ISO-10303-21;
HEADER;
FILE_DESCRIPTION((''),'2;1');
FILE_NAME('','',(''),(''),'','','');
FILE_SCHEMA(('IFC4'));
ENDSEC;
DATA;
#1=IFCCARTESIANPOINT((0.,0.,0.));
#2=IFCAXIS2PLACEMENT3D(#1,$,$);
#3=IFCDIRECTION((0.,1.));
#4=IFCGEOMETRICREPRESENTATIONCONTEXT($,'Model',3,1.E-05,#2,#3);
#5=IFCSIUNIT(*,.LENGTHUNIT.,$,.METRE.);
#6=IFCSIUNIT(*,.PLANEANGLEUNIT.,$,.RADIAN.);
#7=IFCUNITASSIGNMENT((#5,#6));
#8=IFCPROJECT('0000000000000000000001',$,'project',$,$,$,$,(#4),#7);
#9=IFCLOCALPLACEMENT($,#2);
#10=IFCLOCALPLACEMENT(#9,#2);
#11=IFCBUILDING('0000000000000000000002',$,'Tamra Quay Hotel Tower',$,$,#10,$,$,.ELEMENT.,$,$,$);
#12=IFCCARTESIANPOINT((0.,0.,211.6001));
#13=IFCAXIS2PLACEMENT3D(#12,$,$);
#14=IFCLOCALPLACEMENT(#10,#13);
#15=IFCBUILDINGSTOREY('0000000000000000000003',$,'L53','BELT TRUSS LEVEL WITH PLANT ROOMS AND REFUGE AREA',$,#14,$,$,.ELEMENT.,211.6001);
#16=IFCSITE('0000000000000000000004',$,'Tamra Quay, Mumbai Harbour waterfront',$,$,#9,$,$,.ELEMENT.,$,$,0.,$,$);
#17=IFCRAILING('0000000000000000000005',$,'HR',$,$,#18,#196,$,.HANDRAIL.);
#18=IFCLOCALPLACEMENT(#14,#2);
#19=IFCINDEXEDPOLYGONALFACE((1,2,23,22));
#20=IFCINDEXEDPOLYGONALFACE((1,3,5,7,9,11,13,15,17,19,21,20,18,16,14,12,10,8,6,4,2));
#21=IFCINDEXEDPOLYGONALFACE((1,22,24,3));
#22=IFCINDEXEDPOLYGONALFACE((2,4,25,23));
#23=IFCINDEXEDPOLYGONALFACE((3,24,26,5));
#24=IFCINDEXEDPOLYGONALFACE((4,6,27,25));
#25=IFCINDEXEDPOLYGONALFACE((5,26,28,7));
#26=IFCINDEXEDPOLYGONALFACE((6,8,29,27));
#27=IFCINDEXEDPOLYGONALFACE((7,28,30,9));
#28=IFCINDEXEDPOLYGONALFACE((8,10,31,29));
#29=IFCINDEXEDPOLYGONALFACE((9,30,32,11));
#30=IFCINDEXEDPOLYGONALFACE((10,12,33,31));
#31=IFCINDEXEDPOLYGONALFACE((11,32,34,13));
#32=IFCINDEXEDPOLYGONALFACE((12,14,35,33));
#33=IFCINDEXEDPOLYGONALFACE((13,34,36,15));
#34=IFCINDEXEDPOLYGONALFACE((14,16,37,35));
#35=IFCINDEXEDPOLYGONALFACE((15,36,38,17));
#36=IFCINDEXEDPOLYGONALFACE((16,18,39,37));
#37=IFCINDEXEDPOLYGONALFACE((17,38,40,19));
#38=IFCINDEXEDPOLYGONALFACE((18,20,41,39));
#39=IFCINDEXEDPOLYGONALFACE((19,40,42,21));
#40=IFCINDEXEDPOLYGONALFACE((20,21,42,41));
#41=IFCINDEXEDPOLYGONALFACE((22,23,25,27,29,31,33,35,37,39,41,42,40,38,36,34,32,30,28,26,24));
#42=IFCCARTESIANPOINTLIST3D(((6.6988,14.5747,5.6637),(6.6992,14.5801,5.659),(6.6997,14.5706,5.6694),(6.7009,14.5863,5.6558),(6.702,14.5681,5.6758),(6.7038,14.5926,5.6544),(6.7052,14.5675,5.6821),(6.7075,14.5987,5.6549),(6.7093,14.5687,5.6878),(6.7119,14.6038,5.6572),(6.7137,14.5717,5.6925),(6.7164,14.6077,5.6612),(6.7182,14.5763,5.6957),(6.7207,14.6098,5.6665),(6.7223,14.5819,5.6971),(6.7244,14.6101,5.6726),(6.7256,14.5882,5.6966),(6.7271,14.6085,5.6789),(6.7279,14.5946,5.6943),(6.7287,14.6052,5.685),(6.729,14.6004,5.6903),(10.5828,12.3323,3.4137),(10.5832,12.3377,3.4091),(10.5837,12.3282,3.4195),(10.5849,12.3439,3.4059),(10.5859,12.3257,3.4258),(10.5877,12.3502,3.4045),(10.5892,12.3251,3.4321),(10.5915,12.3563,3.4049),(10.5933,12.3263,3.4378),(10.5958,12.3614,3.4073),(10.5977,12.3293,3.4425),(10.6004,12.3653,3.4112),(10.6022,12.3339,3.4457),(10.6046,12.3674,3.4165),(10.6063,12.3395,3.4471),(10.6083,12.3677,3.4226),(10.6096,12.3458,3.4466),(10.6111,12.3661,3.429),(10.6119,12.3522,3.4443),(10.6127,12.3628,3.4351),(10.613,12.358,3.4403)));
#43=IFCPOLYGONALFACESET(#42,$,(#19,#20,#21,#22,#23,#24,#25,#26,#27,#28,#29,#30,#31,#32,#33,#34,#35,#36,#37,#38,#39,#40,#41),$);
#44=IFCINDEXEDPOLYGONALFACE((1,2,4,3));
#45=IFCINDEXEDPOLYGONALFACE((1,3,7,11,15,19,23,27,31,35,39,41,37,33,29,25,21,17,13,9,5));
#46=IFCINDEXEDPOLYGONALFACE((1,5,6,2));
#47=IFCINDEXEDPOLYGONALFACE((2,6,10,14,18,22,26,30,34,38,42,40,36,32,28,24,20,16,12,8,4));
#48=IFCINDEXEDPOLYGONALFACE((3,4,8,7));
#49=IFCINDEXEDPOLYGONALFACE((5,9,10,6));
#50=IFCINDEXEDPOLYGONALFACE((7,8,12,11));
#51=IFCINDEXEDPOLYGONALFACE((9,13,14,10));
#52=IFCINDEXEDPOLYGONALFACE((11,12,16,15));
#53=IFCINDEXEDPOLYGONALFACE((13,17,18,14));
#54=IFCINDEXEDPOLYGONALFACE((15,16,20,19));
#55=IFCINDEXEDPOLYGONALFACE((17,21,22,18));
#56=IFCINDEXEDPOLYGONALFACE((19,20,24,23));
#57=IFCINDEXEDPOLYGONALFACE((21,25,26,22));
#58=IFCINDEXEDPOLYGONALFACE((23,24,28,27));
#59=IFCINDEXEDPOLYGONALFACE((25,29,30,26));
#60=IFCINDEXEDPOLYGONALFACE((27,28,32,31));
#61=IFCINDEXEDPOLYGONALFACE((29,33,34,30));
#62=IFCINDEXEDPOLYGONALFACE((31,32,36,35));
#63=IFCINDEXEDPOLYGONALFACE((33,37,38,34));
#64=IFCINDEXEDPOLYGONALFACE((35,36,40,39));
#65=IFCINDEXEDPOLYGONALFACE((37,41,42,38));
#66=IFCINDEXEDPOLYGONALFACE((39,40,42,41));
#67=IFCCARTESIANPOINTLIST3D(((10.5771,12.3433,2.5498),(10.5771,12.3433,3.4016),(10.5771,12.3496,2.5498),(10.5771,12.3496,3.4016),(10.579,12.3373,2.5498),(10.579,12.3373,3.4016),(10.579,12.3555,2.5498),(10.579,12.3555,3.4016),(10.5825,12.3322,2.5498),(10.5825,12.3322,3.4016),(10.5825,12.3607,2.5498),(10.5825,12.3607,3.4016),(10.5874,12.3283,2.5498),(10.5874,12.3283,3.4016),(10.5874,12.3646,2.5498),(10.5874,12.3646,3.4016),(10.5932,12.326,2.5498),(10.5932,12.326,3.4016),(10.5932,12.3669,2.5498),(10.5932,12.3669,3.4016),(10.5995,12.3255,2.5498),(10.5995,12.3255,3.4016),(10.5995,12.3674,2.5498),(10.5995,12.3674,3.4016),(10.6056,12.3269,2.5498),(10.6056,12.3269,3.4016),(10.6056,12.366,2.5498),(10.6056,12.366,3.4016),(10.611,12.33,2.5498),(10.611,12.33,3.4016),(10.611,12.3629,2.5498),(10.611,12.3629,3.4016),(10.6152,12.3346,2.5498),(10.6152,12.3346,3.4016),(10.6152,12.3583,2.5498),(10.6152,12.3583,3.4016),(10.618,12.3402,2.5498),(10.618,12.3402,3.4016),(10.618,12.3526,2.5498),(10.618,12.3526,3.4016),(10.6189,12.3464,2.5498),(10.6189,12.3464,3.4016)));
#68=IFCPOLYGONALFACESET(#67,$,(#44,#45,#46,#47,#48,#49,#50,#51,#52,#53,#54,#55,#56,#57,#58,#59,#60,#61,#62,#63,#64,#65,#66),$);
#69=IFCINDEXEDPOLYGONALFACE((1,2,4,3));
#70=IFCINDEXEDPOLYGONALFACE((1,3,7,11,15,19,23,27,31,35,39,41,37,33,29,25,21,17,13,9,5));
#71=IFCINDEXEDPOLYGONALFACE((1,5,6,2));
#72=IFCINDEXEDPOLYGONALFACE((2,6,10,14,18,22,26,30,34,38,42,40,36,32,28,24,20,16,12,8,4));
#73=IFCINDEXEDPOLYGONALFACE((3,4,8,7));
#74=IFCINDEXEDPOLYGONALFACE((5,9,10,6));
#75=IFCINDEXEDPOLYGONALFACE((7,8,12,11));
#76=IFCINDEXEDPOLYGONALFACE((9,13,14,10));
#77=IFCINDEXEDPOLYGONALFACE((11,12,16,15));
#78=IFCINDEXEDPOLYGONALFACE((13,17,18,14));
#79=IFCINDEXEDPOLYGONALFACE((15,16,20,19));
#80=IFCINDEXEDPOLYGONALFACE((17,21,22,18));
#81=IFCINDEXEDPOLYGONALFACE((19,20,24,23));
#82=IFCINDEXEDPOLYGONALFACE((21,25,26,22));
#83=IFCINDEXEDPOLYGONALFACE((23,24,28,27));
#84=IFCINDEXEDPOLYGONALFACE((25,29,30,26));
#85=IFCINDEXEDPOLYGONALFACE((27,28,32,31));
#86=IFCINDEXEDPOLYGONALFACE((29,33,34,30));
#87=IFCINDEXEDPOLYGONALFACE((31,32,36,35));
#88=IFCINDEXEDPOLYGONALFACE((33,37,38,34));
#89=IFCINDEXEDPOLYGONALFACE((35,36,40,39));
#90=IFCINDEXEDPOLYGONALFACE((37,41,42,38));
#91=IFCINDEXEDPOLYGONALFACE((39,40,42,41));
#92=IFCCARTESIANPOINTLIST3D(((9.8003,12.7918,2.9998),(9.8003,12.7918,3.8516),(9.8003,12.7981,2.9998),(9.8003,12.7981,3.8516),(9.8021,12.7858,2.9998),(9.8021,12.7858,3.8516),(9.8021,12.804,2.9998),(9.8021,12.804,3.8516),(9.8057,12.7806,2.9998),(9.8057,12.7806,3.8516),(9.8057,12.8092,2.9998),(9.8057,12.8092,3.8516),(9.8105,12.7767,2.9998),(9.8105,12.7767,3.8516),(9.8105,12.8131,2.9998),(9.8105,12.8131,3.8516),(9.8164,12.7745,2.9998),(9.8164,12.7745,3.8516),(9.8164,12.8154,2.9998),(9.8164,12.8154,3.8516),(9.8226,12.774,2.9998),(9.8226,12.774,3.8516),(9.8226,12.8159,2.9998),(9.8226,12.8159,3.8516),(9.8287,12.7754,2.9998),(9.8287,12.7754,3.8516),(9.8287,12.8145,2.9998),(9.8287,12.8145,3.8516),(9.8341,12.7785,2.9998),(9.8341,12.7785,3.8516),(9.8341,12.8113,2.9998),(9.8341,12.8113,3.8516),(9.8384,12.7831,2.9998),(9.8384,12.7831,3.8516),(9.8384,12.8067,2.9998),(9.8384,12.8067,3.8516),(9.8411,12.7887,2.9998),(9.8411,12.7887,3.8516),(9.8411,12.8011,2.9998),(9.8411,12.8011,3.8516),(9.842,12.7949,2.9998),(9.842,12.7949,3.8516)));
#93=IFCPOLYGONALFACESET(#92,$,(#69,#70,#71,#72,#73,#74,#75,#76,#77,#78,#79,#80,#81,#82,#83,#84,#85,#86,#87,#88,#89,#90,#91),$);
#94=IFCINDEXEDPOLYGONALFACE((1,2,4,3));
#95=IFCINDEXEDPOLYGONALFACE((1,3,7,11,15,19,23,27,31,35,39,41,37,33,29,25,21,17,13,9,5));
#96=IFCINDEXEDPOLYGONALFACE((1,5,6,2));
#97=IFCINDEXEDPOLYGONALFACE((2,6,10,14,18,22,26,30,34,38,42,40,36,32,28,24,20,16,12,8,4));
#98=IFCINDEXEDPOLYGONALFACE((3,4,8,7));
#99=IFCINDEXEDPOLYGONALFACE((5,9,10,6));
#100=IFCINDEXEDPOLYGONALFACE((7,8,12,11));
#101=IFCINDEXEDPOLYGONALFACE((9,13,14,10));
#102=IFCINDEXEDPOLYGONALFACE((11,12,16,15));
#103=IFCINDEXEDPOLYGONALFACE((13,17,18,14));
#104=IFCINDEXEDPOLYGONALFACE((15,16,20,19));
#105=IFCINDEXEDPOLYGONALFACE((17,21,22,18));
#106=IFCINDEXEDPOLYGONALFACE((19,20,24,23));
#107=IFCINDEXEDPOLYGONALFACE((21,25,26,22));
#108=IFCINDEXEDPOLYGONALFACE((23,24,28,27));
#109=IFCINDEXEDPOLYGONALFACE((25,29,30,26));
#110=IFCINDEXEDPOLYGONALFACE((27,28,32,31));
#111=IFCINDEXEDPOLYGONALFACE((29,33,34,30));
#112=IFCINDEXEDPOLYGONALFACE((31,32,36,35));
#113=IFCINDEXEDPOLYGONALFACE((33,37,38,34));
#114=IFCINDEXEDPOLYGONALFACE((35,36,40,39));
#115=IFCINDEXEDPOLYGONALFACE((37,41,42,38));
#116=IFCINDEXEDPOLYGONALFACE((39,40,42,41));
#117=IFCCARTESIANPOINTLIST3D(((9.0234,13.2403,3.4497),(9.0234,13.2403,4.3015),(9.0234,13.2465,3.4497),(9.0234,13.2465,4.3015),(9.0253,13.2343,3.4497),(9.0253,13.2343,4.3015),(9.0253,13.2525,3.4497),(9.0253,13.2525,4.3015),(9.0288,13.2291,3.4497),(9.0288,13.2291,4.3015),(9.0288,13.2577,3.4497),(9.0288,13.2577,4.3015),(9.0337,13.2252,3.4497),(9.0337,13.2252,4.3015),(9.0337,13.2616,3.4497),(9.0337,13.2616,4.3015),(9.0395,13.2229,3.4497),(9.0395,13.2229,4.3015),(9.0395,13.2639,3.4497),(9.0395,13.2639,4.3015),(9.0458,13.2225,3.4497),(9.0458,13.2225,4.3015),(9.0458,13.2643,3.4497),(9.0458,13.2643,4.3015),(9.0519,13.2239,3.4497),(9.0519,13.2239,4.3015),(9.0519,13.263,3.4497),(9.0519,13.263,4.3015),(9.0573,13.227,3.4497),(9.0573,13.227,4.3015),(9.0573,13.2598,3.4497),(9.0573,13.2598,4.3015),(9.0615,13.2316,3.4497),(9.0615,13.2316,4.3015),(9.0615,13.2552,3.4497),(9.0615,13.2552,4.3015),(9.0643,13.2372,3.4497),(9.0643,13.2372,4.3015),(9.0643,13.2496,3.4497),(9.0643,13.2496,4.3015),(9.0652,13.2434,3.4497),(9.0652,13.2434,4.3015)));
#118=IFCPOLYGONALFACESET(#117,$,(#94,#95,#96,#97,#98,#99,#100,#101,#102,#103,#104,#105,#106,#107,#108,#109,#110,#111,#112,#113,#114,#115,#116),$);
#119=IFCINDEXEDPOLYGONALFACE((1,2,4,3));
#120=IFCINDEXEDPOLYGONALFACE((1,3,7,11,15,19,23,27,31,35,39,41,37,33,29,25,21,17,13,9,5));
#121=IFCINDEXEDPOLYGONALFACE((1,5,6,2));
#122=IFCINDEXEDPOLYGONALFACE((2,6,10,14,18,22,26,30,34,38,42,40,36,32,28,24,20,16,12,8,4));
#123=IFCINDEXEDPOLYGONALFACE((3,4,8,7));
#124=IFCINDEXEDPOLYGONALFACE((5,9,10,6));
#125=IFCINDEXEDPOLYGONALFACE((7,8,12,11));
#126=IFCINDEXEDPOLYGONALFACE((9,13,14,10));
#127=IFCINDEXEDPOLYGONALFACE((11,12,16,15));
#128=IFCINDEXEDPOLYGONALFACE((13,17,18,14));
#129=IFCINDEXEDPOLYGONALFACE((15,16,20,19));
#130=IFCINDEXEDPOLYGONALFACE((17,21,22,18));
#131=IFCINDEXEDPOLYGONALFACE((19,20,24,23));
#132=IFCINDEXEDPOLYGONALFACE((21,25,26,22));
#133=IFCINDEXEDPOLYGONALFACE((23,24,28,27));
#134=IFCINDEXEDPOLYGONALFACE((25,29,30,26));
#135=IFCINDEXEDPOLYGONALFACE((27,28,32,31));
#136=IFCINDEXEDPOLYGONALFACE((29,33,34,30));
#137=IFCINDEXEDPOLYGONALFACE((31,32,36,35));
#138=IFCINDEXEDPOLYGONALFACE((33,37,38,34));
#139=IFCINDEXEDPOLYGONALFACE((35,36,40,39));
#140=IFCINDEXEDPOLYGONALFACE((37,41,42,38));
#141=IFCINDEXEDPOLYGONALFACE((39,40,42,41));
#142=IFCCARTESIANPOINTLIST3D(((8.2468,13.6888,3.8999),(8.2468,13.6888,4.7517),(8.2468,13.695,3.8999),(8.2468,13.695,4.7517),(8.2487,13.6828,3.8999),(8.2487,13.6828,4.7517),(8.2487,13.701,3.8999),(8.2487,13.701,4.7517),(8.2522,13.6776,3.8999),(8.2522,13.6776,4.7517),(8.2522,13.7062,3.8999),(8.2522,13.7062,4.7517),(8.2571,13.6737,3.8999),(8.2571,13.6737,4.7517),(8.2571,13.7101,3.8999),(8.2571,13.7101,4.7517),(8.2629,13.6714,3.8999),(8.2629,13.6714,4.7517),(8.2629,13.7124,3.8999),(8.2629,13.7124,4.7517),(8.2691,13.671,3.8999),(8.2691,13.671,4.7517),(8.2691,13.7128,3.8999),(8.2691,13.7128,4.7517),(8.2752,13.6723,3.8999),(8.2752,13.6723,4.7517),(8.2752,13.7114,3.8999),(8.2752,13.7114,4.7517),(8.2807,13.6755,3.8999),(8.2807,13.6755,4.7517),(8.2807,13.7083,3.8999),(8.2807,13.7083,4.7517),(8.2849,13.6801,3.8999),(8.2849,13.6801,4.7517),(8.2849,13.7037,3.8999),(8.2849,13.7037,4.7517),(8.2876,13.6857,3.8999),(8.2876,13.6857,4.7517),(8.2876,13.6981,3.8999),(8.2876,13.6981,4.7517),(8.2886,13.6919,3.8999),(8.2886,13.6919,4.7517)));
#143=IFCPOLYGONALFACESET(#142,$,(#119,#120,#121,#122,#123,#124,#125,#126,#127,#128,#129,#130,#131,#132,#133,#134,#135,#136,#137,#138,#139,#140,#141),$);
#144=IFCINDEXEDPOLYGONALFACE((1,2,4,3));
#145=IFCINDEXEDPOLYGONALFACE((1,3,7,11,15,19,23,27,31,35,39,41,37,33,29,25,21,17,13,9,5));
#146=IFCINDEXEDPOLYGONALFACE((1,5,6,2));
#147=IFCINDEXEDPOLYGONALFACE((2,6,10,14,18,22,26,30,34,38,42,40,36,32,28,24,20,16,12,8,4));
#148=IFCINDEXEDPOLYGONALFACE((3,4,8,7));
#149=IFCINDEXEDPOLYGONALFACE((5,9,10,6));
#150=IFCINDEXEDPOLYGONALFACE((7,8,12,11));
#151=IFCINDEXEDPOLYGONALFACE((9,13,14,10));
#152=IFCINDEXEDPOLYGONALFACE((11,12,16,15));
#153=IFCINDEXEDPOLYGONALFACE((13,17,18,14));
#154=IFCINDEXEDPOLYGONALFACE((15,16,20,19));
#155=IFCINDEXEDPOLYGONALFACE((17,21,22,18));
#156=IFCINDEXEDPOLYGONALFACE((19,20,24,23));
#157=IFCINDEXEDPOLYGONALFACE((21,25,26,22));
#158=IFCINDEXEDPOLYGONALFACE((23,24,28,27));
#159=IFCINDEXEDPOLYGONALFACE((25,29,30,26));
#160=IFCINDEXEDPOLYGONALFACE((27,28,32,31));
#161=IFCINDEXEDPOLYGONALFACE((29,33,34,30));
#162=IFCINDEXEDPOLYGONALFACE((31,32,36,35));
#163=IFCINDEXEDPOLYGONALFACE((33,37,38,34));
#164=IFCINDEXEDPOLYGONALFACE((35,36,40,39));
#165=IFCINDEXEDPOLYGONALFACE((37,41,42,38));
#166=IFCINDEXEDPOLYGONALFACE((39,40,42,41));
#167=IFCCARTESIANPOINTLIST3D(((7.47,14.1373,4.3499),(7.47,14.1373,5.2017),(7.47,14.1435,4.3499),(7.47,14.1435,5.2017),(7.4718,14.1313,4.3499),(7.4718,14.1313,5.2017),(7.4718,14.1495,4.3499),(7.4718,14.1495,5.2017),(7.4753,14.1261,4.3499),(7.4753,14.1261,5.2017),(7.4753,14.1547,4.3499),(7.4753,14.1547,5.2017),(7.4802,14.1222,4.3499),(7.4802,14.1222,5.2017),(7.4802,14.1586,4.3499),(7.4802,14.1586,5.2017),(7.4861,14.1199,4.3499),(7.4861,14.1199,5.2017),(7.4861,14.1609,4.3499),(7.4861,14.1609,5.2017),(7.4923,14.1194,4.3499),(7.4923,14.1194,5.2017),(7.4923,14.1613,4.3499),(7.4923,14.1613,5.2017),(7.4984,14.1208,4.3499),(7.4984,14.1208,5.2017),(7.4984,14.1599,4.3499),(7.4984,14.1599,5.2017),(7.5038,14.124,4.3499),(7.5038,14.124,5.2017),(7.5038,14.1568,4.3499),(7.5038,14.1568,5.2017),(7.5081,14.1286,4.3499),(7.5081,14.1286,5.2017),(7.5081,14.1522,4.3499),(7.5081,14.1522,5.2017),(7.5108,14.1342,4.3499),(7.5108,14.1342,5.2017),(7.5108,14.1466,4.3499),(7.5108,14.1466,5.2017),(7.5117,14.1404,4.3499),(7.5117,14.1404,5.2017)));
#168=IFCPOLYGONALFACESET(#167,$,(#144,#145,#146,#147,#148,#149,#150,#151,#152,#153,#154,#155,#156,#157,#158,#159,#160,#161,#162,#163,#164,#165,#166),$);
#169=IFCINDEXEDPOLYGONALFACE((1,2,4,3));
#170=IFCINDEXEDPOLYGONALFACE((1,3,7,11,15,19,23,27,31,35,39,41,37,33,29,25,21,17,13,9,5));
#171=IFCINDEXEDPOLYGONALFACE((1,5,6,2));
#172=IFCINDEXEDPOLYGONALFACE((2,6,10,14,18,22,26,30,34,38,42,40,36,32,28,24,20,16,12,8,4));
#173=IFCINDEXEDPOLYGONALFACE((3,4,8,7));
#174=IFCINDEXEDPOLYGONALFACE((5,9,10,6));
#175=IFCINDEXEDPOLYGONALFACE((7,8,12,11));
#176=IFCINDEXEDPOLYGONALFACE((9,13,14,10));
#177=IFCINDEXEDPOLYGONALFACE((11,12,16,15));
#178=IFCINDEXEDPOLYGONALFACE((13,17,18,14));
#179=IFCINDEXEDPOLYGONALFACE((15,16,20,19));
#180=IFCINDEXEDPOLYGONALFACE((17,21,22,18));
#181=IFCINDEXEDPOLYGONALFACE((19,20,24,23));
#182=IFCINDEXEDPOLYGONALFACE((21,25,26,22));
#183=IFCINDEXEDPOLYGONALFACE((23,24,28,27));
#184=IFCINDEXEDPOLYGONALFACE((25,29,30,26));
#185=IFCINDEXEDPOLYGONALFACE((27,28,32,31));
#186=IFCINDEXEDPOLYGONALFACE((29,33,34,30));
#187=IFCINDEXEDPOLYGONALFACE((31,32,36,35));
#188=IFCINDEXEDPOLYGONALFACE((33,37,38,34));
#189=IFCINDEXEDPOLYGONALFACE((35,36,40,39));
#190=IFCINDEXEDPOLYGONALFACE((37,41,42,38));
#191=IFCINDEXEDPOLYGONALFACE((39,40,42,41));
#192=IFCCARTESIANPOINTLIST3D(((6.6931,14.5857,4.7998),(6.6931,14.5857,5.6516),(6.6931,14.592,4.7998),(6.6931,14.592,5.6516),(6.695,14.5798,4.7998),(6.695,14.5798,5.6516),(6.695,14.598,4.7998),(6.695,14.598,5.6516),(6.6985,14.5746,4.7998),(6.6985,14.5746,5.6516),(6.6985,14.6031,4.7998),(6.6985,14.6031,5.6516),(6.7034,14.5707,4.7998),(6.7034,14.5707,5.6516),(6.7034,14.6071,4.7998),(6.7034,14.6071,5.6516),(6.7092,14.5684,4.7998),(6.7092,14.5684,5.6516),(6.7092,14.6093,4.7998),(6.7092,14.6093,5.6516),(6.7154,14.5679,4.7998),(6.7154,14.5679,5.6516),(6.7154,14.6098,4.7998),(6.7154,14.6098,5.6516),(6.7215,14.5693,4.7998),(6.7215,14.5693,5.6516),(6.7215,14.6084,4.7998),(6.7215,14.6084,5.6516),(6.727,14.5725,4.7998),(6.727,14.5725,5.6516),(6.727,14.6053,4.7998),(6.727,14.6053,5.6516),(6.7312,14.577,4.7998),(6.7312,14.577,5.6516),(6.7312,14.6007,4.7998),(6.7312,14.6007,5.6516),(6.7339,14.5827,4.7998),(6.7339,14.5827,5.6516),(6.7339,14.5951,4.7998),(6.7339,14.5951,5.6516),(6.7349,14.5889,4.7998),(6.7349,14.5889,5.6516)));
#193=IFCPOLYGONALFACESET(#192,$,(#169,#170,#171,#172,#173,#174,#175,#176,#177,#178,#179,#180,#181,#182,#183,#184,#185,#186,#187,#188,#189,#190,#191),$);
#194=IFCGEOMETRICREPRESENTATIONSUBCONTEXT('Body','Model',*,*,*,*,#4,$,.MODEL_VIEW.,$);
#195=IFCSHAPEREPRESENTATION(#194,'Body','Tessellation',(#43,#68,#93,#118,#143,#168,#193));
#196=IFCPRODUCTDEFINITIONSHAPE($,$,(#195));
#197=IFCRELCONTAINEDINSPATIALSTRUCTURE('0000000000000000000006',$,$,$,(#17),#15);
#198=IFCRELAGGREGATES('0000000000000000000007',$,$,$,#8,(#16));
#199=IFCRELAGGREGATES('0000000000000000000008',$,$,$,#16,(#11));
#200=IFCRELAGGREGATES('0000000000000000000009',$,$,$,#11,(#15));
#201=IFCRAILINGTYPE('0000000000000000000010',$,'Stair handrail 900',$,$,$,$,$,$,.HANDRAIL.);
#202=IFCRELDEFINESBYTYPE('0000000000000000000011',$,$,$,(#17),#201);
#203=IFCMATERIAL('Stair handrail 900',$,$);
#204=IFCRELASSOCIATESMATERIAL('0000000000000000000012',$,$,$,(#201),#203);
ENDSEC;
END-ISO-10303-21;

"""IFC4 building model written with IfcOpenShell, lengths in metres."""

from ifc_helpers import new_model, si_unit, direction, frame, origin, origin_2d, place, context, subcontext, project, spatial, circle, extrude, material, type_object, element, save


model = new_model("IFC4")

# Units and contexts
model_context = context("Model", 3, precision=1e-05, world=origin(), true_north=direction((0.0, 1.0)))
body_context = subcontext(model_context, "Body", "Model", "MODEL_VIEW")
ifc_project = project(units=[si_unit("LENGTHUNIT", "METRE"), si_unit("PLANEANGLEUNIT", "RADIAN")], contexts=[model_context])

# Site, building, storey
site_placement = place(None, origin())
site = spatial("IfcSite", under=ifc_project, at=site_placement, Name="Tamra Quay, Mumbai Harbour waterfront", CompositionType="ELEMENT", RefElevation=0.0)
building_placement = place(site_placement, origin())
building = spatial("IfcBuilding", under=site, at=building_placement, Name="Tamra Quay Hotel Tower", CompositionType="ELEMENT")
storey_placement = place(building_placement, frame((0.0, 0.0, 211.6001)))
storey = spatial("IfcBuildingStorey", under=building, at=storey_placement, Name="L53", Description="BELT TRUSS LEVEL WITH PLANT ROOMS AND REFUGE AREA", CompositionType="ELEMENT", Elevation=211.6001)

# Railing
ifc_material_1 = material(Name="Stair handrail 900")
railing_type_1 = type_object("IfcRailingType", Name="Stair handrail 900", PredefinedType="HANDRAIL", material=ifc_material_1)
railing_1_placement = place(storey_placement, frame((10.5979, 12.3464, 2.5498)))
element("IfcRailing", 1, at=railing_1_placement, inside=storey, type_object=railing_type_1, Name="HR", PredefinedType="HANDRAIL", context=body_context, shape_type="SweptSolid", body=[
    extrude(circle(Radius=0.0239, at=origin_2d()), frame((0.0, 0.0, 0.876), z_axis=(-0.774076, 0.44691, 0.448418), x_axis=(-0.499997, -0.866027, 0.0)), (0.0, 0.0, 1.0), 5.0176),
    extrude(circle(Radius=0.021, at=origin_2d()), origin(), (0.0, 0.0, 1.0), 0.8518),
    extrude(circle(Radius=0.021, at=origin_2d()), frame((-0.7769, 0.4485, 0.45)), (0.0, 0.0, 1.0), 0.8518),
    extrude(circle(Radius=0.021, at=origin_2d()), frame((-1.5537, 0.897, 0.8999)), (0.0, 0.0, 1.0), 0.8518),
    extrude(circle(Radius=0.021, at=origin_2d()), frame((-2.3303, 1.3455, 1.3501)), (0.0, 0.0, 1.0), 0.8518),
    extrude(circle(Radius=0.021, at=origin_2d()), frame((-3.1072, 1.7939, 1.8)), (0.0, 0.0, 1.0), 0.8518),
    extrude(circle(Radius=0.021, at=origin_2d()), frame((-3.884, 2.2424, 2.25)), (0.0, 0.0, 1.0), 0.8518),
])

save(model, "model.ifc")
